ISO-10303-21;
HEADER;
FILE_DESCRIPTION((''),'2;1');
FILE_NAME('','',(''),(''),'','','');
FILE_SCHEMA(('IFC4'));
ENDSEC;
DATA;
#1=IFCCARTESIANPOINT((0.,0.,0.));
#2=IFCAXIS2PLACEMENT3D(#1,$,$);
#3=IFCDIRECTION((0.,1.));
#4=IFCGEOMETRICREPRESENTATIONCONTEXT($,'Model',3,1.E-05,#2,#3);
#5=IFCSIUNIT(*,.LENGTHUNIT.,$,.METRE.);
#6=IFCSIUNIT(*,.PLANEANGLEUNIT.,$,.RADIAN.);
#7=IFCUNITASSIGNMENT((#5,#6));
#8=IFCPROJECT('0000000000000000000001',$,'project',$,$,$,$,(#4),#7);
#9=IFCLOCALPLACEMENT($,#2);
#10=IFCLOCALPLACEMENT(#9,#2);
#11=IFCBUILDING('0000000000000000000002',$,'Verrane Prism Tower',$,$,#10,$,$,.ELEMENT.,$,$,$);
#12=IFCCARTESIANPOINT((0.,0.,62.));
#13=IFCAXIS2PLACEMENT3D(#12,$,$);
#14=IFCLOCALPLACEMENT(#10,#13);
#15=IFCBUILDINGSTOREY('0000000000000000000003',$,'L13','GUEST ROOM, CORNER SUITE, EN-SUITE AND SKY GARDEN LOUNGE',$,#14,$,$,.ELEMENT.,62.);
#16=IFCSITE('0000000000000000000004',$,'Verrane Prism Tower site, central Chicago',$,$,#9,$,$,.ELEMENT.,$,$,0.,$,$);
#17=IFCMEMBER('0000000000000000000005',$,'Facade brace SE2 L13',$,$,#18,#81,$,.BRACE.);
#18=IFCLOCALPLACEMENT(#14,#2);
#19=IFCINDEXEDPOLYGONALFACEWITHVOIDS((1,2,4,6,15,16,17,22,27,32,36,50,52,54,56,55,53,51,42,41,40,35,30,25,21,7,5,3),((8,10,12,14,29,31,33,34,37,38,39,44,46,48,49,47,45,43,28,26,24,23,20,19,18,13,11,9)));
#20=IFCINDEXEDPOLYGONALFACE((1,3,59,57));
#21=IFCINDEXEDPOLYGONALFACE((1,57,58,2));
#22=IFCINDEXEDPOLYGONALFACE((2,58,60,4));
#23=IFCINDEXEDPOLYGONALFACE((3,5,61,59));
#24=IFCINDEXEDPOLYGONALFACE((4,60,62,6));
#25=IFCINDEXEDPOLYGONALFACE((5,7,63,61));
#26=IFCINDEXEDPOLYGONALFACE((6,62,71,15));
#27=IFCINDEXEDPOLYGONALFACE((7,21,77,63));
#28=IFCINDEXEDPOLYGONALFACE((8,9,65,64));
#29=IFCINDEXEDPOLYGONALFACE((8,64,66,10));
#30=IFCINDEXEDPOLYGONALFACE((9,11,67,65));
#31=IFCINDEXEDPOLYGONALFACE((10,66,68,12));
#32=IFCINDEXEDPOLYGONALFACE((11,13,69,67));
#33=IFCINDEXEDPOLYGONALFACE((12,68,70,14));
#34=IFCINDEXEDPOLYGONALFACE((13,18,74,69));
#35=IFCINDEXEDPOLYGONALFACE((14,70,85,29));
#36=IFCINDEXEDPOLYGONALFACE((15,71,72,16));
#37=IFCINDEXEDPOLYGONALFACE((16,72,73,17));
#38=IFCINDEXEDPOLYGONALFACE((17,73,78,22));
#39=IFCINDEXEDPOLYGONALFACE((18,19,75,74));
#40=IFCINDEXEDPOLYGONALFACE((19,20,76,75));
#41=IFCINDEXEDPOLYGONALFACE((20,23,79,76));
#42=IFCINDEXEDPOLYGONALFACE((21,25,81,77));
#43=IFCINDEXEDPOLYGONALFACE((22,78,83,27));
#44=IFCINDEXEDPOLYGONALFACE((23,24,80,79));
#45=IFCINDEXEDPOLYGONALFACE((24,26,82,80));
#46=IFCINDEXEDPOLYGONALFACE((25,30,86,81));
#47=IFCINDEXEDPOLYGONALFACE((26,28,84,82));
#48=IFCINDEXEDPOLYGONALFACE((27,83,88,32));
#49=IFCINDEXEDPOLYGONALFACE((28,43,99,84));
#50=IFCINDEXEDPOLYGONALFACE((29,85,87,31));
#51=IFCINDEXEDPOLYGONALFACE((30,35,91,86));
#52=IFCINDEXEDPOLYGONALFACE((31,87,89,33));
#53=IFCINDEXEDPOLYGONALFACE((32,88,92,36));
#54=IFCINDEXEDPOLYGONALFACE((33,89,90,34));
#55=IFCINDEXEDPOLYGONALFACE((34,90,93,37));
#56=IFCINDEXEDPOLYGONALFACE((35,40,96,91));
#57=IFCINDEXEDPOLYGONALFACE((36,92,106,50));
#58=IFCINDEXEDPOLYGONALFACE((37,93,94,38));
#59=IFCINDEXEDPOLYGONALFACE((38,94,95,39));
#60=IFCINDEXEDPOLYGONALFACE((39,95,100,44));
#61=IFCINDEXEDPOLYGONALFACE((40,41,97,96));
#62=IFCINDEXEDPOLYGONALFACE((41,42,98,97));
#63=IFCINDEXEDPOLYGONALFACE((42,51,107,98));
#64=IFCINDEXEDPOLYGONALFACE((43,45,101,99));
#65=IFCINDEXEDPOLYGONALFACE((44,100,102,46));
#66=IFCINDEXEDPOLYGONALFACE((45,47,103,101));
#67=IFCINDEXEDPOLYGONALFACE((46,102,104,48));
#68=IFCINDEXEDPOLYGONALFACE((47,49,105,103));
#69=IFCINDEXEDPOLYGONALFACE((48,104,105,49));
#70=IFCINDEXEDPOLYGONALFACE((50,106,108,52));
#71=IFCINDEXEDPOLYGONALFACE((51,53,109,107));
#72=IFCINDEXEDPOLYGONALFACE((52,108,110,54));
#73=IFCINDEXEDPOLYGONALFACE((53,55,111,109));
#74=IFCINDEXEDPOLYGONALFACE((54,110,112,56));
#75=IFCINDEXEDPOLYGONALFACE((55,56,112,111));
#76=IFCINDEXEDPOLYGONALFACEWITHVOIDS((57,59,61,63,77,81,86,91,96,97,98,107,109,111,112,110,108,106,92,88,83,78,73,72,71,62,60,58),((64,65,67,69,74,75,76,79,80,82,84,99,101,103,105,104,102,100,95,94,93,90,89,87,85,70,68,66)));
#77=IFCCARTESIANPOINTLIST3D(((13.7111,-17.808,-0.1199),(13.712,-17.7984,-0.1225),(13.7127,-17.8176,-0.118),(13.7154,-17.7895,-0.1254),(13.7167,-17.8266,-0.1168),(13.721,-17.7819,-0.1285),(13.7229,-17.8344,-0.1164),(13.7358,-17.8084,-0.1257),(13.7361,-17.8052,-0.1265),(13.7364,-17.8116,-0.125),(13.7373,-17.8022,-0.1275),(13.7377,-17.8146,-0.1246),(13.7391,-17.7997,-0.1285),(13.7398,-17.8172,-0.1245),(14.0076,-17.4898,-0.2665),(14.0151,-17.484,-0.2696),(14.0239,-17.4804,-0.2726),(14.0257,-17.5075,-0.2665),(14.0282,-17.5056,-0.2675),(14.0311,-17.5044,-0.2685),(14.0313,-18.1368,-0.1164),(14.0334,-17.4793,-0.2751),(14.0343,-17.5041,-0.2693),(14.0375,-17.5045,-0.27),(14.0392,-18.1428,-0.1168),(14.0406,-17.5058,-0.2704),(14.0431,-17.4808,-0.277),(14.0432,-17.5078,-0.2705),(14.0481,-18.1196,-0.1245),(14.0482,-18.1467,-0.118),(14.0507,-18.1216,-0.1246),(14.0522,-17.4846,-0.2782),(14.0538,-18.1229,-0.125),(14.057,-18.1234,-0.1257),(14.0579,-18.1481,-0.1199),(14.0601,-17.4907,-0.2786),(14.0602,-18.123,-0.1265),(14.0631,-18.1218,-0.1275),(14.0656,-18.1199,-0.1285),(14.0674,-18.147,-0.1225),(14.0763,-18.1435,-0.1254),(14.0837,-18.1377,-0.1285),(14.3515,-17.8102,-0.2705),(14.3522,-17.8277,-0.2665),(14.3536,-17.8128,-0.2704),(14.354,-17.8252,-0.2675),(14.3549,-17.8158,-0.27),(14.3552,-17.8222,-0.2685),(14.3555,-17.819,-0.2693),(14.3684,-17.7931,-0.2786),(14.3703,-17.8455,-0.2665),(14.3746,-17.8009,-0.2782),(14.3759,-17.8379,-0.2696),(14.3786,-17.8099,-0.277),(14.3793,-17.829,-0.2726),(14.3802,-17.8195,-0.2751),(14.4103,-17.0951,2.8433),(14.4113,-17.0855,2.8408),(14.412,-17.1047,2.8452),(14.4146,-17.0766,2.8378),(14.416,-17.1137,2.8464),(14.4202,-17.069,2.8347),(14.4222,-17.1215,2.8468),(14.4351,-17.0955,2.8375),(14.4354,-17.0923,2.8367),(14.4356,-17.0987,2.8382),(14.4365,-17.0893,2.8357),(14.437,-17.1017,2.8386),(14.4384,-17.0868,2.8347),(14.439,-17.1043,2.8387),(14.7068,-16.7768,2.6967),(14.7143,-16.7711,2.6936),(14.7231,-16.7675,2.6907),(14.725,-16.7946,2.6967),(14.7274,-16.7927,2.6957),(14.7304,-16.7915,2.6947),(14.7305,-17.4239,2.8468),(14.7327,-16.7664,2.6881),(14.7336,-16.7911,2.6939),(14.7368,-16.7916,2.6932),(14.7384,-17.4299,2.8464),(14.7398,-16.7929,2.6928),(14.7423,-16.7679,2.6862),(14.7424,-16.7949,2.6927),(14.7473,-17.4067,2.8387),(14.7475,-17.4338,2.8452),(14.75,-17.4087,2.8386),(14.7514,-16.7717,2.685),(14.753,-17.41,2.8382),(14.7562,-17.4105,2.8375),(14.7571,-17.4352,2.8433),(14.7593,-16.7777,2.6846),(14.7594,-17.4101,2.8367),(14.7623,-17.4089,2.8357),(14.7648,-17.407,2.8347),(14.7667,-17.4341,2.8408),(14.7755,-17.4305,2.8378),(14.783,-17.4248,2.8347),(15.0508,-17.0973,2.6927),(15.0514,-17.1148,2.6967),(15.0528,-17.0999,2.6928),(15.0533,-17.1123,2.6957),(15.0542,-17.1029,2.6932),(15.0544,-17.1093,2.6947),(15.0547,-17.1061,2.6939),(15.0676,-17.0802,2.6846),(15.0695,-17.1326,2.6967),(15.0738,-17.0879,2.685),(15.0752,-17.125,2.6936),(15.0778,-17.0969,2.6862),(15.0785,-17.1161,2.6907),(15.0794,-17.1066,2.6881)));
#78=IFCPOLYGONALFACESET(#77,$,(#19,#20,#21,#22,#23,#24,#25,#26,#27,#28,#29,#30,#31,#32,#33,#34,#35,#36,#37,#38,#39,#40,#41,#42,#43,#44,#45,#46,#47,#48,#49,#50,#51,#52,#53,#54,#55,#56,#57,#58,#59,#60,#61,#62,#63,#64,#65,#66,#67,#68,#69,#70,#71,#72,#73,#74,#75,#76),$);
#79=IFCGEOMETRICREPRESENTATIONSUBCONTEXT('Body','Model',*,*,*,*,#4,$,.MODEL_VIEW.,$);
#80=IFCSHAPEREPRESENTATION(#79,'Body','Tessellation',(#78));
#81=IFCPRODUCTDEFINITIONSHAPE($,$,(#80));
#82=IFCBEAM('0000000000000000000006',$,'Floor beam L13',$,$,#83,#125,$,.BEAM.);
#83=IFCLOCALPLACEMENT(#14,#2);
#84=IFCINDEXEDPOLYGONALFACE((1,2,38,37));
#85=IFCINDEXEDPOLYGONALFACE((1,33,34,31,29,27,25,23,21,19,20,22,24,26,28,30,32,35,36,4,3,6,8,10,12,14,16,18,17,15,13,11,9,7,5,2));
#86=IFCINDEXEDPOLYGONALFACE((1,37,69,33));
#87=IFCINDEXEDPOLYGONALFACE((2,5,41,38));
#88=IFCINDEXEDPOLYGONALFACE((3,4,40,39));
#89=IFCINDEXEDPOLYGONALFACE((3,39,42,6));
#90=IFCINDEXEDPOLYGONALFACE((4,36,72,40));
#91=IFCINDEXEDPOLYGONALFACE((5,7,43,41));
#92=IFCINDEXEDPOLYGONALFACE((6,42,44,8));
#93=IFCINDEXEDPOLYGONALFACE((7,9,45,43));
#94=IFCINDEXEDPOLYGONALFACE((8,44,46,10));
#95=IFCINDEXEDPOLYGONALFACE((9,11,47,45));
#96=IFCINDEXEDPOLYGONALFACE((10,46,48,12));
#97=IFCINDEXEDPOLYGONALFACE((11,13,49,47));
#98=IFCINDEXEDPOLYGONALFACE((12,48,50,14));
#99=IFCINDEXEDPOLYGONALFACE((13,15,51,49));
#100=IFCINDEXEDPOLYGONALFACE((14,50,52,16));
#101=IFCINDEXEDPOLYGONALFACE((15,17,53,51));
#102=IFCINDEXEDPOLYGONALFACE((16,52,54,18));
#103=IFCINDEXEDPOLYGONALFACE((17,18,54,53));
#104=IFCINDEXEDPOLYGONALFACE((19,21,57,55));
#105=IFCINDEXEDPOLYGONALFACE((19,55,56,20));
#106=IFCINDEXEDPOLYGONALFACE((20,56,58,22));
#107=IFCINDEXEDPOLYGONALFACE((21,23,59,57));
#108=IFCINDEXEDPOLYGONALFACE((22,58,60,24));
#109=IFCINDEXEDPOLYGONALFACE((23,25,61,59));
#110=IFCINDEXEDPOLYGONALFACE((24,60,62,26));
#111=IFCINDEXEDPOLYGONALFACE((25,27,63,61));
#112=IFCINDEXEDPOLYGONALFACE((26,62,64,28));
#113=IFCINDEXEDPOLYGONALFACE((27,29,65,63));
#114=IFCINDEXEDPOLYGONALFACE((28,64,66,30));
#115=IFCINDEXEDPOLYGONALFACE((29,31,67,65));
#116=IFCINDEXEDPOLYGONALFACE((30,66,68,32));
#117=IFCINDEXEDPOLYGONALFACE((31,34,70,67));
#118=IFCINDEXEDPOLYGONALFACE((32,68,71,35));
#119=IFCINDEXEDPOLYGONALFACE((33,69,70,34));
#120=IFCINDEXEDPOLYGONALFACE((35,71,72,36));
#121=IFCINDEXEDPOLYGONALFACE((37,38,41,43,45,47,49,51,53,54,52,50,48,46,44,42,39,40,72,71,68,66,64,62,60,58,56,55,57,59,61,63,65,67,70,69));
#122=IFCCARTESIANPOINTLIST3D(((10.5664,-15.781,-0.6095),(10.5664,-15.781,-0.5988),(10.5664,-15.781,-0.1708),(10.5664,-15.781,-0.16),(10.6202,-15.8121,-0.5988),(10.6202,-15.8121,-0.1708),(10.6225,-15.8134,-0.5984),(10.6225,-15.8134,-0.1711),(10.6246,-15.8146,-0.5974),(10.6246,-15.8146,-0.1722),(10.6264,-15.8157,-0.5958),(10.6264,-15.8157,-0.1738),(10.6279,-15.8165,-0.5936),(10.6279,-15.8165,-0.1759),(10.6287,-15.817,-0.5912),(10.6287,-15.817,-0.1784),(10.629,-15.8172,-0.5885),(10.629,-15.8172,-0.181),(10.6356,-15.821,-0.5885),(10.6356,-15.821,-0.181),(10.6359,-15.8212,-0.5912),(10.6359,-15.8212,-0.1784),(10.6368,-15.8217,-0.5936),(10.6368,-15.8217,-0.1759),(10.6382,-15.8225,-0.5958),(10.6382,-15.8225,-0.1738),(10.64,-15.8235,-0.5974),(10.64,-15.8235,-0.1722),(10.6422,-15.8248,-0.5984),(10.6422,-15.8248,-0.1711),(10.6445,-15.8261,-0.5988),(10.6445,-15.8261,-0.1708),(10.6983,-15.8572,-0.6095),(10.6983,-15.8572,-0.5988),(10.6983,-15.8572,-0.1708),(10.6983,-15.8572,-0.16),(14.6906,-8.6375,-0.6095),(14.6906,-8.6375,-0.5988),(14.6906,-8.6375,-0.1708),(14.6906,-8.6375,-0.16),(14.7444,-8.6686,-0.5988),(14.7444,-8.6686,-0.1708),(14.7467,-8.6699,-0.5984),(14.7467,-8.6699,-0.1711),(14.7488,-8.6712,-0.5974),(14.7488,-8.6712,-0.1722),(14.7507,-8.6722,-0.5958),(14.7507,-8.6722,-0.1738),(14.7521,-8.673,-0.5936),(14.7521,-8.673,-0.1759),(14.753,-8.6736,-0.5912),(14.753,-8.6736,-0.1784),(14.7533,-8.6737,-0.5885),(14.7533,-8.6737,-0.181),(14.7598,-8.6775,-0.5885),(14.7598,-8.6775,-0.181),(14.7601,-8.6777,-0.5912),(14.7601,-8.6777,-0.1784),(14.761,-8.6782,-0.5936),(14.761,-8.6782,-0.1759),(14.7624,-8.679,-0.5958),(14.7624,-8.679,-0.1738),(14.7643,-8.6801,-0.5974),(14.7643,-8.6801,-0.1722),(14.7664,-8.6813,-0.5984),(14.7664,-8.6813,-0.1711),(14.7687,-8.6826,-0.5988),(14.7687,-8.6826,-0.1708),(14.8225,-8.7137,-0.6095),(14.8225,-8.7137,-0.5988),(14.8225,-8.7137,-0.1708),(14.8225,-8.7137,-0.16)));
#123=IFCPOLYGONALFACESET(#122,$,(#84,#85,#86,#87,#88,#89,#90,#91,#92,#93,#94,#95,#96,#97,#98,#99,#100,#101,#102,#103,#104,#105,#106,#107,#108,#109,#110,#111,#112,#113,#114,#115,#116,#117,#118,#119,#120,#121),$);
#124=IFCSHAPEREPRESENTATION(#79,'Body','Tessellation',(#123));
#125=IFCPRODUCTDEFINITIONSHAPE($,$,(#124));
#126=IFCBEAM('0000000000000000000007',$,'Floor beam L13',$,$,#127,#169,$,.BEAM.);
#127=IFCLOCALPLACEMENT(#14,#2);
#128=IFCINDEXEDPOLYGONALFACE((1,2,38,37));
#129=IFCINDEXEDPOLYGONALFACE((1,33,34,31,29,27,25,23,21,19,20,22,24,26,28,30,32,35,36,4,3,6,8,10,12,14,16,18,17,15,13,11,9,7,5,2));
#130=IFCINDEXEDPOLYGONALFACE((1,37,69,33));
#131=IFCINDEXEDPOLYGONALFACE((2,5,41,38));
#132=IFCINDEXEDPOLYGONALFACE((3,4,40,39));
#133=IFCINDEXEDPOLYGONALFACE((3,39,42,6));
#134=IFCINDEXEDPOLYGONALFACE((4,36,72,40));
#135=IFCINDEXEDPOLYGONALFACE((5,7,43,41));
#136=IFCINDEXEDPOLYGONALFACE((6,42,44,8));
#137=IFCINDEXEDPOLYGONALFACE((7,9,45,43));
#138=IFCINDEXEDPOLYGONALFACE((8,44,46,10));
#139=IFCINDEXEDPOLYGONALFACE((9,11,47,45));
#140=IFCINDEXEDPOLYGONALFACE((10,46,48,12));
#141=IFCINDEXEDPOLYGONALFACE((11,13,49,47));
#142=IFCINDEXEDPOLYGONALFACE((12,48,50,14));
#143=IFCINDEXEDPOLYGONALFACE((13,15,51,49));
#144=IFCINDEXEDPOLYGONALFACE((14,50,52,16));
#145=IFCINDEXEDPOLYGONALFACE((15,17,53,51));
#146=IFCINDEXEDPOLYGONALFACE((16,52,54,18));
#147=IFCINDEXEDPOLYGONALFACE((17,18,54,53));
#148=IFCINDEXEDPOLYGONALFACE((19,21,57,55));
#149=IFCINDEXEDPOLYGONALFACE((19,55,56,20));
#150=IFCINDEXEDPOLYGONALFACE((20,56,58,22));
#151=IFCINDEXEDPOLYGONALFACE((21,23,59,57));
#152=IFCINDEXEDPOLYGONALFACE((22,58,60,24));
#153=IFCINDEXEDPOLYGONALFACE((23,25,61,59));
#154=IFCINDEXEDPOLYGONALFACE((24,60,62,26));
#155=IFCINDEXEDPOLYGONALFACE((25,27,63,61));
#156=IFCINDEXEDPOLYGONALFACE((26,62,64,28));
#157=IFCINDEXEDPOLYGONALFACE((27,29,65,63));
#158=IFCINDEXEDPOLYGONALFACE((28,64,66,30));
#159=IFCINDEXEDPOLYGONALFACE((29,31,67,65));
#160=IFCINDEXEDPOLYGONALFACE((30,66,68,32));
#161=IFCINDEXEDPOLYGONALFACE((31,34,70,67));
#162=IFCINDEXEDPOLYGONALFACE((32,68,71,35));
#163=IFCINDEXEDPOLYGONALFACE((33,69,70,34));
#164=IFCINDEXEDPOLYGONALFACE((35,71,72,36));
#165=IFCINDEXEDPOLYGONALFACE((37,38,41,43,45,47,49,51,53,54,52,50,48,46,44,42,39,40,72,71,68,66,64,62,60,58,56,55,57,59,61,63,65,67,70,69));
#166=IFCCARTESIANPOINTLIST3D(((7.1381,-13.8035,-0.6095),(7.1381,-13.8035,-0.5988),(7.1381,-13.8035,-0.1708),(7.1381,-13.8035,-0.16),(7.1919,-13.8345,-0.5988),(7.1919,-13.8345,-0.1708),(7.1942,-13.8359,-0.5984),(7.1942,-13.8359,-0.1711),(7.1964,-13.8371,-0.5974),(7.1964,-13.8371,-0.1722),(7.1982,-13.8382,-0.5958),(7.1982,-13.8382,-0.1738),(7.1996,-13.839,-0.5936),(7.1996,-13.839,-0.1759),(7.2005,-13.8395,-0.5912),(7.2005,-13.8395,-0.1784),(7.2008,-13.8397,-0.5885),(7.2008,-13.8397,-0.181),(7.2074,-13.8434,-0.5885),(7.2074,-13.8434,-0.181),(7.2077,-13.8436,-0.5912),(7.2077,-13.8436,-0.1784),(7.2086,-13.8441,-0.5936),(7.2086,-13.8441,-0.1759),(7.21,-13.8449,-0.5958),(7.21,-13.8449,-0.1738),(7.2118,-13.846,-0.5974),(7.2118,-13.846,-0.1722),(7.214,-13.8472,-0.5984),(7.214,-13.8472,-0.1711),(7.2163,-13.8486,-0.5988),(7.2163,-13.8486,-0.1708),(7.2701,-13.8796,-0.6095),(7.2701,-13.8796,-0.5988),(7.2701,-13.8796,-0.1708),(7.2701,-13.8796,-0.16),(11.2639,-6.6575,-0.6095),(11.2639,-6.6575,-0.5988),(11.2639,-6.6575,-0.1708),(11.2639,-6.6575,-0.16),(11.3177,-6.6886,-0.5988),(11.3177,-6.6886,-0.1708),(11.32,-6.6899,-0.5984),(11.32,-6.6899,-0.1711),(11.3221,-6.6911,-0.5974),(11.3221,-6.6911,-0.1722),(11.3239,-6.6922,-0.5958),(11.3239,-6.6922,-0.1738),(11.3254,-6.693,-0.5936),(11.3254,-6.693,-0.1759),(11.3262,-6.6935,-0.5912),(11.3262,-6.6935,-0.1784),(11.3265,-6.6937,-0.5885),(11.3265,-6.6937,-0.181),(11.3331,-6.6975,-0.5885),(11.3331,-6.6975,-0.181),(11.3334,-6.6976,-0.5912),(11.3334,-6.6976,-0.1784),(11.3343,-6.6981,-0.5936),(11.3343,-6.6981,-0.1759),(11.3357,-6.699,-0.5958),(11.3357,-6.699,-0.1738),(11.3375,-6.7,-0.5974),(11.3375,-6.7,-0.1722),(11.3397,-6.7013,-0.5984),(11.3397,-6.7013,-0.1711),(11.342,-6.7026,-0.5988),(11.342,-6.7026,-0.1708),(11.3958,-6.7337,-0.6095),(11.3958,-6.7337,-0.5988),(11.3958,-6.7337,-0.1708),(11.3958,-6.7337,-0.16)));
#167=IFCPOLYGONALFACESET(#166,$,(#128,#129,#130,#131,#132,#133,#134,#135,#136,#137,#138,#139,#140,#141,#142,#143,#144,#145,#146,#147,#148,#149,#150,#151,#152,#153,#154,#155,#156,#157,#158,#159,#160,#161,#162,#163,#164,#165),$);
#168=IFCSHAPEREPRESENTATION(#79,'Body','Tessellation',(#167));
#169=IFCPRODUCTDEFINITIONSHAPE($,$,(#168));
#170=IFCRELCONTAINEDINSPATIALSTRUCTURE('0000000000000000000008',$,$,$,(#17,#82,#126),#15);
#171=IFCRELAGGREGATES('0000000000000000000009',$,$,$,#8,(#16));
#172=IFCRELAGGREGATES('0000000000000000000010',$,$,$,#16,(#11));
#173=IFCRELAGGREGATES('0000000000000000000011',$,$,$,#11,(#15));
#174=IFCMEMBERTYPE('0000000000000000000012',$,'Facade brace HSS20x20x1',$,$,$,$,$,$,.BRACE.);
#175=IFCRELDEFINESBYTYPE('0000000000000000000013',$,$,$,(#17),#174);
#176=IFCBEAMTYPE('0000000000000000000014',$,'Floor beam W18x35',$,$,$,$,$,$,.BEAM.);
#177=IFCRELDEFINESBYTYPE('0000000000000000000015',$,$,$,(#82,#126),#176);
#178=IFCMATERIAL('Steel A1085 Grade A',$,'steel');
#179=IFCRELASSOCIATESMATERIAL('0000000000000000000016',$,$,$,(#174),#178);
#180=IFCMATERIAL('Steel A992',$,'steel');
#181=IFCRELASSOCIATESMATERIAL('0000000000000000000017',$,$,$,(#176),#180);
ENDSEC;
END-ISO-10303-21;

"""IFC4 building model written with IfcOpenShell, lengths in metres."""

from ifc_helpers import new_model, si_unit, direction, frame, origin, origin_2d, place, context, subcontext, project, spatial, hollow_rectangle, i_section, extrude, material, material_profile, profile_set, type_object, element, save


model = new_model("IFC4")

# Units and contexts
model_context = context("Model", 3, precision=1e-05, world=origin(), true_north=direction((0.0, 1.0)))
body_context = subcontext(model_context, "Body", "Model", "MODEL_VIEW")
ifc_project = project(units=[si_unit("LENGTHUNIT", "METRE"), si_unit("PLANEANGLEUNIT", "RADIAN")], contexts=[model_context])

# Site, building, storey
site_placement = place(None, origin())
site = spatial("IfcSite", under=ifc_project, at=site_placement, Name="Verrane Prism Tower site, central Chicago", CompositionType="ELEMENT", RefElevation=0.0)
building_placement = place(site_placement, origin())
building = spatial("IfcBuilding", under=site, at=building_placement, Name="Verrane Prism Tower", CompositionType="ELEMENT")
storey_placement = place(building_placement, frame((0.0, 0.0, 62.0)))
storey = spatial("IfcBuildingStorey", under=building, at=storey_placement, Name="L13", Description="GUEST ROOM, CORNER SUITE, EN-SUITE AND SKY GARDEN LOUNGE", CompositionType="ELEMENT", Elevation=62.0)

# Member
ifc_material_1 = material(Name="Steel A1085 Grade A", Category="steel")
ifc_material_profile_1 = material_profile(ifc_material_1, hollow_rectangle(XDim=0.5081, YDim=0.5081, WallThickness=0.0254, InnerFilletRadius=0.0127, OuterFilletRadius=0.0381, at=origin_2d()), Name="HSS20x20x1")
ifc_profile_set_1 = profile_set([ifc_material_profile_1], Name="Steel A1085 Grade A")
member_type_1 = type_object("IfcMemberType", Name="Facade brace HSS20x20x1", PredefinedType="BRACE", material=ifc_profile_set_1)
member_1_placement = place(storey_placement, frame((14.0457, -17.8137, -0.1975), z_axis=(0.223617, 0.227989, 0.947637), x_axis=(-0.713919, 0.700228, 0.0)))
element("IfcMember", 1, at=member_1_placement, inside=storey, type_object=member_type_1, Name="Facade brace SE2 L13", PredefinedType="BRACE", context=body_context, shape_type="SweptSolid", body=[
    extrude(hollow_rectangle(XDim=0.5081, YDim=0.5081, WallThickness=0.0254, InnerFilletRadius=0.0127, OuterFilletRadius=0.0381, at=origin_2d()), origin(), (0.0, 0.0, 1.0), 3.127),
])

# Beams
ifc_material_2 = material(Name="Steel A992", Category="steel")
ifc_material_profile_2 = material_profile(ifc_material_2, i_section(OverallWidth=0.1523, OverallDepth=0.4495, WebThickness=0.0076, FlangeThickness=0.0107, FilletRadius=0.0103, at=origin_2d()), Name="W18x35")
ifc_profile_set_2 = profile_set([ifc_material_profile_2], Name="Steel A992")
beam_type_1 = type_object("IfcBeamType", Name="Floor beam W18x35", PredefinedType="BEAM", material=ifc_profile_set_2)
beam_1_placement = place(storey_placement, frame((10.6323, -15.8191, -0.3848), z_axis=(0.499994, 0.866029, 0.0), x_axis=(-0.866029, 0.499994, 0.0)))
element("IfcBeam", 2, at=beam_1_placement, inside=storey, type_object=beam_type_1, Name="Floor beam L13", PredefinedType="BEAM", context=body_context, shape_type="SweptSolid", body=[
    extrude(i_section(OverallWidth=0.1523, OverallDepth=0.4495, WebThickness=0.0076, FlangeThickness=0.0107, FilletRadius=0.0103, at=origin_2d()), origin(), (0.0, 0.0, 1.0), 8.2485),
])
beam_2_placement = place(storey_placement, frame((7.2041, -13.8416, -0.3848), z_axis=(0.499999, 0.866026, 0.0), x_axis=(-0.866026, 0.499999, 0.0)))
element("IfcBeam", 3, at=beam_2_placement, inside=storey, type_object=beam_type_1, Name="Floor beam L13", PredefinedType="BEAM", context=body_context, shape_type="SweptSolid", body=[
    extrude(i_section(OverallWidth=0.1523, OverallDepth=0.4495, WebThickness=0.0076, FlangeThickness=0.0107, FilletRadius=0.0103, at=origin_2d()), origin(), (0.0, 0.0, 1.0), 8.2515),
])

save(model, "model.ifc")
